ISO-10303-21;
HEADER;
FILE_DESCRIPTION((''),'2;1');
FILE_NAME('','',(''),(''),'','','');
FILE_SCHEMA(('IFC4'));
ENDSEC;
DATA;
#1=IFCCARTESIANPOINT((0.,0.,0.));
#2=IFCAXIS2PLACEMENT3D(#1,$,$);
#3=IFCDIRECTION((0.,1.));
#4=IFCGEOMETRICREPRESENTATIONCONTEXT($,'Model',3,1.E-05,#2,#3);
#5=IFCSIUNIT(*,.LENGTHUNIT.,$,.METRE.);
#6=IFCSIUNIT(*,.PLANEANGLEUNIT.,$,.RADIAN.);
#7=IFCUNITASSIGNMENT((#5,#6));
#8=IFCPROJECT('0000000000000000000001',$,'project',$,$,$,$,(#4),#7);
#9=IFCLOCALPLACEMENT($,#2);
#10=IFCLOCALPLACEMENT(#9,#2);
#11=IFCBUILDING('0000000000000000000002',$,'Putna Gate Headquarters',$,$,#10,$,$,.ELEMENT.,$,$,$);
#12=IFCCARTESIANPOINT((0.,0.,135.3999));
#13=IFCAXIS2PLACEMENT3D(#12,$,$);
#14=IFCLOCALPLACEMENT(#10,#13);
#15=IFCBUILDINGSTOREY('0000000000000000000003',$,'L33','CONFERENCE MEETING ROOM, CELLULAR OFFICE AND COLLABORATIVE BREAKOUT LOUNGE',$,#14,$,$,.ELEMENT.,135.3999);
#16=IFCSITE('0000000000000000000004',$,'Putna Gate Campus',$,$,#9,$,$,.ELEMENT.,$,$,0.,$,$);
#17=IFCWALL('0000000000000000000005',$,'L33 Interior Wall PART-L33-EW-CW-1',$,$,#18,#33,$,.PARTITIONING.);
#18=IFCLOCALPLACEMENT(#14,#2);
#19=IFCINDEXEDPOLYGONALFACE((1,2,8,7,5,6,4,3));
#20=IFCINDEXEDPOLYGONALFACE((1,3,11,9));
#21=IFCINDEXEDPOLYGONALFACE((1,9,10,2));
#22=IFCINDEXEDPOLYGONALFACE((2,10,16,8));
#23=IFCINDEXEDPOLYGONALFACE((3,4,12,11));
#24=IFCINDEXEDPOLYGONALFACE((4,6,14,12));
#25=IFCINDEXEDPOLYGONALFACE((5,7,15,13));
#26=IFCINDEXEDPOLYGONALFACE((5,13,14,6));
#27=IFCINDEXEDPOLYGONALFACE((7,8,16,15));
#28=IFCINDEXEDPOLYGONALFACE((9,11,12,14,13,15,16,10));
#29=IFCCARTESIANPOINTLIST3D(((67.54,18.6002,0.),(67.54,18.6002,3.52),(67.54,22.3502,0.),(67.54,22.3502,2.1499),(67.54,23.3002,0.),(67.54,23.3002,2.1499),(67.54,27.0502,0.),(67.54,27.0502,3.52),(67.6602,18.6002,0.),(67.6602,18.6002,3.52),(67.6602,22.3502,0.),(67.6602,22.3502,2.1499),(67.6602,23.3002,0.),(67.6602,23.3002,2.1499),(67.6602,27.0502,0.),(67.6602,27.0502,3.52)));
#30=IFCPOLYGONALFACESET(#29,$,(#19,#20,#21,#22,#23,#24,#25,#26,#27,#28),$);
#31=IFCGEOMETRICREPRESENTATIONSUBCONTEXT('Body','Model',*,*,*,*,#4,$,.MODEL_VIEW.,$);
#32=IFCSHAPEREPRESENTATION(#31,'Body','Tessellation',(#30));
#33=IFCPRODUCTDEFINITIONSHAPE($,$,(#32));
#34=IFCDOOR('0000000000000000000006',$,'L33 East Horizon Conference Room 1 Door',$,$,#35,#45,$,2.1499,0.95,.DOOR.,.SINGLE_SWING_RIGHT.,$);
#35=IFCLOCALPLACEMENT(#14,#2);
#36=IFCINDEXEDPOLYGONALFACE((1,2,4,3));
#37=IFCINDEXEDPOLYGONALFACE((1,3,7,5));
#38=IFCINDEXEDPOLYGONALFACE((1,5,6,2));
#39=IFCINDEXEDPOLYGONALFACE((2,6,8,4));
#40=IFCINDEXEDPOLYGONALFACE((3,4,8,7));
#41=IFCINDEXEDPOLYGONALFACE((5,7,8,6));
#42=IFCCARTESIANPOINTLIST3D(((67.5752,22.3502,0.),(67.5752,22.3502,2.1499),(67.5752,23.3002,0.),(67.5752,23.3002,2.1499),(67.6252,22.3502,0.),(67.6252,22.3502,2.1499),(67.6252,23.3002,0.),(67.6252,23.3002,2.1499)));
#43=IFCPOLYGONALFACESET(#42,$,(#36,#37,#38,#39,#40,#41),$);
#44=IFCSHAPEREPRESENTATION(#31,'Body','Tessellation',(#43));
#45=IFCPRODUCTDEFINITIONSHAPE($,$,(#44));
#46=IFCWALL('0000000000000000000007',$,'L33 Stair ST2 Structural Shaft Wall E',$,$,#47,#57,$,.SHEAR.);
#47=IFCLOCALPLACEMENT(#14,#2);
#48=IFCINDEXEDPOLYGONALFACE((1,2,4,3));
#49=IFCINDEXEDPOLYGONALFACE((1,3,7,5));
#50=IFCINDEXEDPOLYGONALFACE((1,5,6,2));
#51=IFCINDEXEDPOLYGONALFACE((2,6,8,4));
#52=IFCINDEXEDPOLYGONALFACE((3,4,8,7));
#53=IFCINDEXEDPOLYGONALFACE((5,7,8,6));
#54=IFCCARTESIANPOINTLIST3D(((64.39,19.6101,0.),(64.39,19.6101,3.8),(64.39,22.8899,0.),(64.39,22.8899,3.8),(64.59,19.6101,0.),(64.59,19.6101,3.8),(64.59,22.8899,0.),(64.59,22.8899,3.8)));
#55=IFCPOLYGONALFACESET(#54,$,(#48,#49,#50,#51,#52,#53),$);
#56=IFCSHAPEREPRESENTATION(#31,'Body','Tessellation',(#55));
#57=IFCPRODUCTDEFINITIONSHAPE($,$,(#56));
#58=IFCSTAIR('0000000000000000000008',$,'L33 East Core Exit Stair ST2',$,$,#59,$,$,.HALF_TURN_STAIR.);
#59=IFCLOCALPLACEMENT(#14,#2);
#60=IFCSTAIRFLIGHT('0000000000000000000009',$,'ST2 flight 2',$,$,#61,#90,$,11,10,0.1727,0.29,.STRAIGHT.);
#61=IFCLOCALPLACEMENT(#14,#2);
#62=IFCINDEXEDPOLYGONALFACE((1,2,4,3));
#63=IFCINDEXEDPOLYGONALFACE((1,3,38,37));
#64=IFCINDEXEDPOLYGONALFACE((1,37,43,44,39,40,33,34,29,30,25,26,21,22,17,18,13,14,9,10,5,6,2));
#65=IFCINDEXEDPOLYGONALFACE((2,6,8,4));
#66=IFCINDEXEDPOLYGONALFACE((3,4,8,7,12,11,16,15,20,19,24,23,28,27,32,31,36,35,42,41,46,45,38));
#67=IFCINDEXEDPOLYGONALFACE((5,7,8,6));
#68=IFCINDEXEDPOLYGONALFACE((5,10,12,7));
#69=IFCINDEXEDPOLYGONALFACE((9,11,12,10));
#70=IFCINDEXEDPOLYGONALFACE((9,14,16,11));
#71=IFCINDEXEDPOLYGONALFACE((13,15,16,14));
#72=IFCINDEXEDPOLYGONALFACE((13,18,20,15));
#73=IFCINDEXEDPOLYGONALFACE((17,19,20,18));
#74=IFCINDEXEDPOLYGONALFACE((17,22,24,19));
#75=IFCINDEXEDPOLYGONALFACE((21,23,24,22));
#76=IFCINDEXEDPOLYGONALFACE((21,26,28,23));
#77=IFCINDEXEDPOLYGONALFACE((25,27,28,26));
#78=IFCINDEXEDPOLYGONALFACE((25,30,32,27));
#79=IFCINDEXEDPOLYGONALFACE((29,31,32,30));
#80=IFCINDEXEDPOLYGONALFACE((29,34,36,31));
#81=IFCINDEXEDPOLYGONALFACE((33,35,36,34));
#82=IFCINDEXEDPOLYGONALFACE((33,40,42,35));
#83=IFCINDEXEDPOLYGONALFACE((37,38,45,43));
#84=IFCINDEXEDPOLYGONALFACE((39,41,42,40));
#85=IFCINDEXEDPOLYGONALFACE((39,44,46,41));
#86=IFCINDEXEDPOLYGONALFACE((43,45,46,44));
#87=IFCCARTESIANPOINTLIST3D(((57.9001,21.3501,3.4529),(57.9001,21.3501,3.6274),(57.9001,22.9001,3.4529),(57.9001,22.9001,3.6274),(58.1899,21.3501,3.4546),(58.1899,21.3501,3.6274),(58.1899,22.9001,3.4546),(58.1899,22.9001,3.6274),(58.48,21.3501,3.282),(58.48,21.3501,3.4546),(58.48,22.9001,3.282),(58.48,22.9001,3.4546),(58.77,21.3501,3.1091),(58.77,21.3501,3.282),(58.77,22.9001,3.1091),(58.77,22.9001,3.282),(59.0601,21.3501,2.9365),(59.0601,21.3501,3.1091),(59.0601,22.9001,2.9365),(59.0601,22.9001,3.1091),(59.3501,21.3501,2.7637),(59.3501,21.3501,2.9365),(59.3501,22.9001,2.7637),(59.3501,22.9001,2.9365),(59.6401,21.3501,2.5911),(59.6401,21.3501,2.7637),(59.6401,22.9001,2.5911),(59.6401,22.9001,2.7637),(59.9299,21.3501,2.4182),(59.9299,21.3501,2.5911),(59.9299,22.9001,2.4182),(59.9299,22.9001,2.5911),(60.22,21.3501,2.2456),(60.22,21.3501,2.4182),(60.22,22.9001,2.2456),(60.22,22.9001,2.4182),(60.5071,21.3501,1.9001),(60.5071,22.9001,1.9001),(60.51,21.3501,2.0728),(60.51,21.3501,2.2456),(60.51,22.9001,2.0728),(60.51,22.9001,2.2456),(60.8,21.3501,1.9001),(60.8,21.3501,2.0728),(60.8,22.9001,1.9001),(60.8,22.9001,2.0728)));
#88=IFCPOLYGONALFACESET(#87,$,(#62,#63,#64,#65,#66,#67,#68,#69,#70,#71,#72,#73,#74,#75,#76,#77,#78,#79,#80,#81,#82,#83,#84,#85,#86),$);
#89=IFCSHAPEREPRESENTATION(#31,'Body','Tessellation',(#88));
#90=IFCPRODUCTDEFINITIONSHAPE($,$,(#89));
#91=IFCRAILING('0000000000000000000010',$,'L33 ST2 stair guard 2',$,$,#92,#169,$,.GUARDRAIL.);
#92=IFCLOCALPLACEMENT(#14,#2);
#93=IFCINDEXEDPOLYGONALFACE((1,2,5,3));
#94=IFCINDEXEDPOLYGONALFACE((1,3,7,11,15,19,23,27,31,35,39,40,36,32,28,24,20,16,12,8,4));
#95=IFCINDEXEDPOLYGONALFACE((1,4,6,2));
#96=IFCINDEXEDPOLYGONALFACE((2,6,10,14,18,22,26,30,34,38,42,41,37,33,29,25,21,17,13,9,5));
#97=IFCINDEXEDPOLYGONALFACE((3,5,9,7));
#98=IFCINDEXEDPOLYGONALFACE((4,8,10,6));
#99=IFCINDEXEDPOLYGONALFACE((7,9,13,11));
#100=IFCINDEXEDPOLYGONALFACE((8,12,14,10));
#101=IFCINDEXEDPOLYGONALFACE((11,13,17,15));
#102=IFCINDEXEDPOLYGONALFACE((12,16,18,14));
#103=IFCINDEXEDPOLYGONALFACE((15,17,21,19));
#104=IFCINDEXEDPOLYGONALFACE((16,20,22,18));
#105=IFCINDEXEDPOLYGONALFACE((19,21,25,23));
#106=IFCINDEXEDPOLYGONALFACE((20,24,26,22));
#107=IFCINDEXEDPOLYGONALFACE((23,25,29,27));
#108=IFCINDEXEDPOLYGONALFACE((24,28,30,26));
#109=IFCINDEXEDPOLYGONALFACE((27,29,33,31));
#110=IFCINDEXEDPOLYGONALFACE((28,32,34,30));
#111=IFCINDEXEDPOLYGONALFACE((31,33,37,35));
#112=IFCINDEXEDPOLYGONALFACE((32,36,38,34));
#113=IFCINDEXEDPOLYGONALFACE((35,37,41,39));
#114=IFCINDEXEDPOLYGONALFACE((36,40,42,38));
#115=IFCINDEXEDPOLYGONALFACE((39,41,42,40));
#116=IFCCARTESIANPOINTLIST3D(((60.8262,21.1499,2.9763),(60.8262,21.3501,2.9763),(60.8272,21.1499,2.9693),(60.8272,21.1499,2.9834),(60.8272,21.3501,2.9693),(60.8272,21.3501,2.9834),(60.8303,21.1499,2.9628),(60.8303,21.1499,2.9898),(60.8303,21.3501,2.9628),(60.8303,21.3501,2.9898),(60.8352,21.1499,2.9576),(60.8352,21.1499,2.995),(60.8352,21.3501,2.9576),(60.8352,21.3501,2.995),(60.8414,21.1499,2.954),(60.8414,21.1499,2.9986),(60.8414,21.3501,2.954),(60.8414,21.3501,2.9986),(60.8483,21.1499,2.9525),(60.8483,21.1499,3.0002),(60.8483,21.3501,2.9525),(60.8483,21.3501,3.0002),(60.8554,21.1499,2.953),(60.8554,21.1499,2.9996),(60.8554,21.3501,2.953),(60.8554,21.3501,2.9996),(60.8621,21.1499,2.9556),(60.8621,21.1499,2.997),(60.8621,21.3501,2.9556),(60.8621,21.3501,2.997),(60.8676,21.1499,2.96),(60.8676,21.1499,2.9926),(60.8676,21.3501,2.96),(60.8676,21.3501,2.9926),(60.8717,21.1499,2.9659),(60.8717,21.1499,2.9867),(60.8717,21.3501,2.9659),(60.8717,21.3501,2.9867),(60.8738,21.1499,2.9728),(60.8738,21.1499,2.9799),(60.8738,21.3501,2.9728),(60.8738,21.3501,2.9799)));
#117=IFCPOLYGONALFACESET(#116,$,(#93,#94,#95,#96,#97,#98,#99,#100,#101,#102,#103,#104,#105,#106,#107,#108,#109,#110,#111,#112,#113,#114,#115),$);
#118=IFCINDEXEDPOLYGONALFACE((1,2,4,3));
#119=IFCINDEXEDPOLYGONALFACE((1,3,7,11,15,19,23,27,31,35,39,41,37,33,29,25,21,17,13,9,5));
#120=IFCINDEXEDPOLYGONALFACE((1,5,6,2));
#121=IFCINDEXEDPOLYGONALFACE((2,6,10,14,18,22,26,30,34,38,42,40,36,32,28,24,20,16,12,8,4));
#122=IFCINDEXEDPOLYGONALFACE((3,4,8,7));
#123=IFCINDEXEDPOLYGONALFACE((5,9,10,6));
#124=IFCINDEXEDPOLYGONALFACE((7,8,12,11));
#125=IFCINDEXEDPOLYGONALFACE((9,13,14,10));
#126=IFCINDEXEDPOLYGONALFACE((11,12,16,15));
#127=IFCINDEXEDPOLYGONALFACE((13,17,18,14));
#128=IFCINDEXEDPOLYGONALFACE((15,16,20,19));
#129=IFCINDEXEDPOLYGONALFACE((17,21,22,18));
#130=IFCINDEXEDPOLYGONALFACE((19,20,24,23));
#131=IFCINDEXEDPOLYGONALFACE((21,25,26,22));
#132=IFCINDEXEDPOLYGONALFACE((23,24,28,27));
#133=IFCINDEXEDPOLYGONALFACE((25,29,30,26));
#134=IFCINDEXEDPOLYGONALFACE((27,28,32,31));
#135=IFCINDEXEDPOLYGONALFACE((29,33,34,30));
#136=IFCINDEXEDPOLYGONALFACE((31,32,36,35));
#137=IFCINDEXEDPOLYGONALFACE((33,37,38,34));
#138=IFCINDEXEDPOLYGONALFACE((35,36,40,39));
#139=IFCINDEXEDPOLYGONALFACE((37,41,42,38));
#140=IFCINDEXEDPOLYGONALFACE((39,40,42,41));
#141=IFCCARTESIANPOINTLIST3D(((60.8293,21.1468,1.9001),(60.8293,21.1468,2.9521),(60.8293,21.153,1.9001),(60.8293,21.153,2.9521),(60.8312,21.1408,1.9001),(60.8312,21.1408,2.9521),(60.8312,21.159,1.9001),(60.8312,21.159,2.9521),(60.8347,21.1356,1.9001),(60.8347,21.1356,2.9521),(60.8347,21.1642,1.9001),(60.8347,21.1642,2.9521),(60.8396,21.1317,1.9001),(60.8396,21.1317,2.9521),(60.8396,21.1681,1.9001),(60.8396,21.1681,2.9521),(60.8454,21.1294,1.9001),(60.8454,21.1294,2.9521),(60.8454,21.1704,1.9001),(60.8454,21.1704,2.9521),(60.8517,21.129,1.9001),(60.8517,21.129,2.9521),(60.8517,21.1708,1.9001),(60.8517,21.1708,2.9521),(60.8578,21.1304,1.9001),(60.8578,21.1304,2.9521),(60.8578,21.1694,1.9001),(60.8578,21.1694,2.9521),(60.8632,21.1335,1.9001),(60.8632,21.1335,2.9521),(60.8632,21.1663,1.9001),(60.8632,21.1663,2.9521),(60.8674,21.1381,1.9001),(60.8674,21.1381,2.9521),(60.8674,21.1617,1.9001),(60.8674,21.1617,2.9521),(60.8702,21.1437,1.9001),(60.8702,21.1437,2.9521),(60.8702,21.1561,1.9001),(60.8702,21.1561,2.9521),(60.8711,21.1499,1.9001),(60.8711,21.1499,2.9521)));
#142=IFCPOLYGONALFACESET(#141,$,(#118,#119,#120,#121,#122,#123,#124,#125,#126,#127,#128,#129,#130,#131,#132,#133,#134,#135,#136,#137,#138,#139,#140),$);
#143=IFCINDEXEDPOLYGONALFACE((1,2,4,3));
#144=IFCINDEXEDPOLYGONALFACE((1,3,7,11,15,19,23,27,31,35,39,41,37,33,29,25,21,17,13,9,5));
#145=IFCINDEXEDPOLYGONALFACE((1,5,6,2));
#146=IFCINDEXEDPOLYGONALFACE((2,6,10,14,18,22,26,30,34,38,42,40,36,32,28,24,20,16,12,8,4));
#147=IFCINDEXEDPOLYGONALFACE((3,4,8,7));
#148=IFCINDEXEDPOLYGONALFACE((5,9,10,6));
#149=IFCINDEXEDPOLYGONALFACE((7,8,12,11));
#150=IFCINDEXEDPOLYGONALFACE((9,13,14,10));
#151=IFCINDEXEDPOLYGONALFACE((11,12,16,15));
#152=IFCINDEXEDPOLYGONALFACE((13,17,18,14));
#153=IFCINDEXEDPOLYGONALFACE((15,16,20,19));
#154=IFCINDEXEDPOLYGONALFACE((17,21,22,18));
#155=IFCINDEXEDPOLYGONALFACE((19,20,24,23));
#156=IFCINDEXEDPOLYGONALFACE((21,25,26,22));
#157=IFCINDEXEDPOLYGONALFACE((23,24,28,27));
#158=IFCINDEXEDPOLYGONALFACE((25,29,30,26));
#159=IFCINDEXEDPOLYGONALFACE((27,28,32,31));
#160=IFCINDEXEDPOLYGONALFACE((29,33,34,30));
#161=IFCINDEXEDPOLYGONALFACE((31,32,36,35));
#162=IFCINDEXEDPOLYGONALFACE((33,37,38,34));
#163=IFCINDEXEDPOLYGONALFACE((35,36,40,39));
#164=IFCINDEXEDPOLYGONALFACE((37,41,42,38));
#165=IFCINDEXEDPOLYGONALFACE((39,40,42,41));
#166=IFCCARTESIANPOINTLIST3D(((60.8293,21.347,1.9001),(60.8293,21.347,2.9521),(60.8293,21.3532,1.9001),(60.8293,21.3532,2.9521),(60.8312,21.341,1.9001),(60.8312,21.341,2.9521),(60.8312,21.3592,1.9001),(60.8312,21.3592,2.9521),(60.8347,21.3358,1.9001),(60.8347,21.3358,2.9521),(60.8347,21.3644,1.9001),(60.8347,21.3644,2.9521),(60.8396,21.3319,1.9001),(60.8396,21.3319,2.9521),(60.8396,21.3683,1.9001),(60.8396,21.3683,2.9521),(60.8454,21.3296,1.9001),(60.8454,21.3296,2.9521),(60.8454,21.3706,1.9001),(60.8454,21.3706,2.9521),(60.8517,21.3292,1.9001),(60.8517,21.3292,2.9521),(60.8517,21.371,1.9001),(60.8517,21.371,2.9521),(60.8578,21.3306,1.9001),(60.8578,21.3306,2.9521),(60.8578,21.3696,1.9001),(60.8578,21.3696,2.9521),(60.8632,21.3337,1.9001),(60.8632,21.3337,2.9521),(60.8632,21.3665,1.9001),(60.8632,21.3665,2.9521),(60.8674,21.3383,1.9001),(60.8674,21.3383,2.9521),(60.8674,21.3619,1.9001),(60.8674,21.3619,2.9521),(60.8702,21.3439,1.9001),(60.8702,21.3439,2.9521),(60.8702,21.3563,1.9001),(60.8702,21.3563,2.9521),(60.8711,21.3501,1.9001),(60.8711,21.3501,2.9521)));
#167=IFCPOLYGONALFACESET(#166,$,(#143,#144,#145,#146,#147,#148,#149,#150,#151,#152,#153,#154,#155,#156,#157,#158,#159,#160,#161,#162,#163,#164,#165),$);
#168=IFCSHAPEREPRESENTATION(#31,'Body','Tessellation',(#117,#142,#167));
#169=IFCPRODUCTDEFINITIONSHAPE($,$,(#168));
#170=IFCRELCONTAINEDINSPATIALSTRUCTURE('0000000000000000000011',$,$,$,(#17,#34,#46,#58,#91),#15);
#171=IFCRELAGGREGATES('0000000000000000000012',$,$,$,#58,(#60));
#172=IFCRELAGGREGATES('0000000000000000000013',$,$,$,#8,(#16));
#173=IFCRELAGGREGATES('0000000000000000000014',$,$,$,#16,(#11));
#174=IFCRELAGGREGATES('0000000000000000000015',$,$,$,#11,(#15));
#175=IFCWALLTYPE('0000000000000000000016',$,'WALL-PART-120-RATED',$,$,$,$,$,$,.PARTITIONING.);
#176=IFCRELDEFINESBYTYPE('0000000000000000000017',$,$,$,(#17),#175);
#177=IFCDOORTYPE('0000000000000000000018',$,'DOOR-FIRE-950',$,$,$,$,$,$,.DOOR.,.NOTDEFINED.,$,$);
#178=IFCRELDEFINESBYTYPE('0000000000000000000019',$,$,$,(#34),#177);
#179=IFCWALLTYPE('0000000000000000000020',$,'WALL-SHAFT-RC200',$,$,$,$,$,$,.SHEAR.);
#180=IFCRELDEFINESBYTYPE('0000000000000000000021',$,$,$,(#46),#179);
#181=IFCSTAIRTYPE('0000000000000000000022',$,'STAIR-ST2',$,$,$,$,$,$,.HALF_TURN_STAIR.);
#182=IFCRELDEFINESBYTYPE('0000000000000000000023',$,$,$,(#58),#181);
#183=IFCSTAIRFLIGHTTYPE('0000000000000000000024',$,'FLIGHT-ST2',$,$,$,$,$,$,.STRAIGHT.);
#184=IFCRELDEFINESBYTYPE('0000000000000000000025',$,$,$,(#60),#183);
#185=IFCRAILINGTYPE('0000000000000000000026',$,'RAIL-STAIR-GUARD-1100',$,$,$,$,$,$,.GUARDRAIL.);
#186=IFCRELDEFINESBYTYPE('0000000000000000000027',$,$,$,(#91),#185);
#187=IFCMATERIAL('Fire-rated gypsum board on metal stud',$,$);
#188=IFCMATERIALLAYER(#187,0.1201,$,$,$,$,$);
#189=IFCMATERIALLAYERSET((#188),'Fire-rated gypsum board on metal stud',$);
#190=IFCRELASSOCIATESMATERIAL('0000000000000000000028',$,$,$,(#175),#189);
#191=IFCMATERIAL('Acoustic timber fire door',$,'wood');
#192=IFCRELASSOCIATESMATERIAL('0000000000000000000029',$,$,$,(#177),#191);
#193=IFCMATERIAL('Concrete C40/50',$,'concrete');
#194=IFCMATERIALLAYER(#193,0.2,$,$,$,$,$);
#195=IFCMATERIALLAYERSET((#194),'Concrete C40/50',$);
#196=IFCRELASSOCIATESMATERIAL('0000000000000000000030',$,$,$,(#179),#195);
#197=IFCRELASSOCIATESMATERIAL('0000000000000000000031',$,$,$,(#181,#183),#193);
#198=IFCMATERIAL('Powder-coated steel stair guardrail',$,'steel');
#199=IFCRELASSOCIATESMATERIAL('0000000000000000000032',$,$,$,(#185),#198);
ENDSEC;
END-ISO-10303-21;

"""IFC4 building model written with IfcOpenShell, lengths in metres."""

from ifc_helpers import new_model, si_unit, direction, frame, frame_2d, origin, origin_2d, place, context, subcontext, project, spatial, polyline, rectangle, circle, outline, extrude, material, layer, layer_set, type_object, element, fill, aggregate, save


model = new_model("IFC4")

# Units and contexts
model_context = context("Model", 3, precision=1e-05, world=origin(), true_north=direction((0.0, 1.0)))
body_context = subcontext(model_context, "Body", "Model", "MODEL_VIEW")
ifc_project = project(units=[si_unit("LENGTHUNIT", "METRE"), si_unit("PLANEANGLEUNIT", "RADIAN")], contexts=[model_context])

# Site, building, storey
site_placement = place(None, origin())
site = spatial("IfcSite", under=ifc_project, at=site_placement, Name="Putna Gate Campus", CompositionType="ELEMENT", RefElevation=0.0)
building_placement = place(site_placement, origin())
building = spatial("IfcBuilding", under=site, at=building_placement, Name="Putna Gate Headquarters", CompositionType="ELEMENT")
storey_placement = place(building_placement, frame((0.0, 0.0, 135.3999)))
storey = spatial("IfcBuildingStorey", under=building, at=storey_placement, Name="L33", Description="CONFERENCE MEETING ROOM, CELLULAR OFFICE AND COLLABORATIVE BREAKOUT LOUNGE", CompositionType="ELEMENT", Elevation=135.3999)

# Shared definitions
ifc_material_1 = material(Name="Fire-rated gypsum board on metal stud")
ifc_layer_1 = layer(ifc_material_1, 0.1201)
ifc_layer_set_1 = layer_set([ifc_layer_1], Name="Fire-rated gypsum board on metal stud")
wall_type_1 = type_object("IfcWallType", Name="WALL-PART-120-RATED", PredefinedType="PARTITIONING", material=ifc_layer_set_1)

# Shared definitions
ifc_material_2 = material(Name="Acoustic timber fire door", Category="wood")
door_type_1 = type_object("IfcDoorType", Name="DOOR-FIRE-950", OperationType="NOTDEFINED", PredefinedType="DOOR", material=ifc_material_2)

# Wall, opening, door
wall_1_placement = place(storey_placement, frame((67.6001, 18.6001, 0.0), z_axis=(0.0, 0.0, 1.0), x_axis=(0.0, 1.0, 0.0)))
wall_1 = element("IfcWall", 1, at=wall_1_placement, inside=storey, type_object=wall_type_1, Name="L33 Interior Wall PART-L33-EW-CW-1", PredefinedType="PARTITIONING", context=body_context, shape_type="SweptSolid", body=[
    extrude(rectangle(XDim=8.45, YDim=0.1201, at=frame_2d((4.2251, 0.0))), origin(), (0.0, 0.0, 1.0), 3.52),
])
opening_1_placement = place(wall_1_placement, frame((3.75, 0.0, 0.0)))
opening_1 = element("IfcOpeningElement", 2, at=opening_1_placement, cuts=wall_1, PredefinedType="OPENING", context=body_context, shape_type="SweptSolid", body=[
    extrude(rectangle(XDim=0.95, YDim=2.1499, at=frame_2d((0.4751, 1.075))), frame((0.0, 0.0701, 0.0), z_axis=(0.0, -1.0, 0.0), x_axis=(1.0, 0.0, 0.0)), (0.0, 0.0, 1.0), 0.1401),
])
door_1_placement = place(opening_1_placement, origin())
door_1 = element("IfcDoor", 3, at=door_1_placement, inside=storey, type_object=door_type_1, Name="L33 East Horizon Conference Room 1 Door", OperationType="SINGLE_SWING_RIGHT", OverallHeight=2.1499, OverallWidth=0.95, PredefinedType="DOOR", context=body_context, shape_type="SweptSolid", body=[
    extrude(rectangle(XDim=0.95, YDim=2.1499, at=frame_2d((0.4751, 1.075))), frame((0.0, 0.0249, 0.0), z_axis=(0.0, -1.0, 0.0), x_axis=(1.0, 0.0, 0.0)), (0.0, 0.0, 1.0), 0.05),
])
fill(opening_1, door_1)

# Wall
ifc_material_3 = material(Name="Concrete C40/50", Category="concrete")
ifc_layer_2 = layer(ifc_material_3, 0.2)
ifc_layer_set_2 = layer_set([ifc_layer_2], Name="Concrete C40/50")
wall_type_2 = type_object("IfcWallType", Name="WALL-SHAFT-RC200", PredefinedType="SHEAR", material=ifc_layer_set_2)
wall_2_placement = place(storey_placement, frame((64.49, 19.6101, 0.0), z_axis=(0.0, 0.0, 1.0), x_axis=(0.0, 1.0, 0.0)))
element("IfcWall", 4, at=wall_2_placement, inside=storey, type_object=wall_type_2, Name="L33 Stair ST2 Structural Shaft Wall E", PredefinedType="SHEAR", context=body_context, shape_type="SweptSolid", body=[
    extrude(rectangle(XDim=3.2798, YDim=0.2, at=frame_2d((1.6399, 0.0))), origin(), (0.0, 0.0, 1.0), 3.8),
])

# Stair, stair flight
stair_type = type_object("IfcStairType", Name="STAIR-ST2", PredefinedType="HALF_TURN_STAIR", material=ifc_material_3)
stair_placement = place(storey_placement, origin())
stair = element("IfcStair", 5, at=stair_placement, inside=storey, type_object=stair_type, Name="L33 East Core Exit Stair ST2", PredefinedType="HALF_TURN_STAIR")
stair_flight_type = type_object("IfcStairFlightType", Name="FLIGHT-ST2", PredefinedType="STRAIGHT", material=ifc_material_3)
stair_flight_placement = place(storey_placement, frame((60.8, 22.125, 1.9001), z_axis=(0.0, 0.0, 1.0), x_axis=(-1.0, 0.0, 0.0)))
stair_flight = element("IfcStairFlight", 6, at=stair_flight_placement, type_object=stair_flight_type, Name="ST2 flight 2", NumberOfRisers=11, NumberOfTreads=10, PredefinedType="STRAIGHT", RiserHeight=0.1727, TreadLength=0.29, context=body_context, shape_type="SweptSolid", body=[
    extrude(outline(polyline([(0.0, 0.0), (0.0, 0.1726), (0.29, 0.1726), (0.29, 0.3455), (0.5801, 0.3455), (0.5801, 0.5181), (0.8701, 0.5181), (0.8701, 0.6909), (1.1599, 0.6909), (1.1599, 0.8635), (1.45, 0.8635), (1.45, 1.0364), (1.74, 1.0364), (1.74, 1.209), (2.03, 1.209), (2.03, 1.3818), (2.3201, 1.3818), (2.3201, 1.5544), (2.6101, 1.5544), (2.6101, 1.7273), (2.8999, 1.7273), (2.8999, 1.8999), (2.8999, 1.5527), (0.293, 0.0), (0.0, 0.0)])), frame((0.0, 0.7749, 0.0), z_axis=(0.0, -1.0, 0.0), x_axis=(1.0, 0.0, 0.0)), (0.0, 0.0, 1.0), 1.55),
])
aggregate(stair, [stair_flight])

# Railing
ifc_material_4 = material(Name="Powder-coated steel stair guardrail", Category="steel")
railing_type_1 = type_object("IfcRailingType", Name="RAIL-STAIR-GUARD-1100", PredefinedType="GUARDRAIL", material=ifc_material_4)
railing_1_placement = place(storey_placement, frame((60.8501, 21.1499, 1.9001)))
element("IfcRailing", 7, at=railing_1_placement, inside=storey, type_object=railing_type_1, Name="L33 ST2 stair guard 2", PredefinedType="GUARDRAIL", context=body_context, shape_type="SweptSolid", body=[
    extrude(circle(Radius=0.0239, at=origin_2d()), frame((0.0, 0.0, 1.0762), z_axis=(0.0, 1.0, 0.0), x_axis=(-1.0, 0.0, 0.0)), (0.0, 0.0, 1.0), 0.2002),
    extrude(circle(Radius=0.021, at=origin_2d()), origin(), (0.0, 0.0, 1.0), 1.052),
    extrude(circle(Radius=0.021, at=origin_2d()), frame((0.0, 0.2002, 0.0)), (0.0, 0.0, 1.0), 1.052),
])

save(model, "model.ifc")
